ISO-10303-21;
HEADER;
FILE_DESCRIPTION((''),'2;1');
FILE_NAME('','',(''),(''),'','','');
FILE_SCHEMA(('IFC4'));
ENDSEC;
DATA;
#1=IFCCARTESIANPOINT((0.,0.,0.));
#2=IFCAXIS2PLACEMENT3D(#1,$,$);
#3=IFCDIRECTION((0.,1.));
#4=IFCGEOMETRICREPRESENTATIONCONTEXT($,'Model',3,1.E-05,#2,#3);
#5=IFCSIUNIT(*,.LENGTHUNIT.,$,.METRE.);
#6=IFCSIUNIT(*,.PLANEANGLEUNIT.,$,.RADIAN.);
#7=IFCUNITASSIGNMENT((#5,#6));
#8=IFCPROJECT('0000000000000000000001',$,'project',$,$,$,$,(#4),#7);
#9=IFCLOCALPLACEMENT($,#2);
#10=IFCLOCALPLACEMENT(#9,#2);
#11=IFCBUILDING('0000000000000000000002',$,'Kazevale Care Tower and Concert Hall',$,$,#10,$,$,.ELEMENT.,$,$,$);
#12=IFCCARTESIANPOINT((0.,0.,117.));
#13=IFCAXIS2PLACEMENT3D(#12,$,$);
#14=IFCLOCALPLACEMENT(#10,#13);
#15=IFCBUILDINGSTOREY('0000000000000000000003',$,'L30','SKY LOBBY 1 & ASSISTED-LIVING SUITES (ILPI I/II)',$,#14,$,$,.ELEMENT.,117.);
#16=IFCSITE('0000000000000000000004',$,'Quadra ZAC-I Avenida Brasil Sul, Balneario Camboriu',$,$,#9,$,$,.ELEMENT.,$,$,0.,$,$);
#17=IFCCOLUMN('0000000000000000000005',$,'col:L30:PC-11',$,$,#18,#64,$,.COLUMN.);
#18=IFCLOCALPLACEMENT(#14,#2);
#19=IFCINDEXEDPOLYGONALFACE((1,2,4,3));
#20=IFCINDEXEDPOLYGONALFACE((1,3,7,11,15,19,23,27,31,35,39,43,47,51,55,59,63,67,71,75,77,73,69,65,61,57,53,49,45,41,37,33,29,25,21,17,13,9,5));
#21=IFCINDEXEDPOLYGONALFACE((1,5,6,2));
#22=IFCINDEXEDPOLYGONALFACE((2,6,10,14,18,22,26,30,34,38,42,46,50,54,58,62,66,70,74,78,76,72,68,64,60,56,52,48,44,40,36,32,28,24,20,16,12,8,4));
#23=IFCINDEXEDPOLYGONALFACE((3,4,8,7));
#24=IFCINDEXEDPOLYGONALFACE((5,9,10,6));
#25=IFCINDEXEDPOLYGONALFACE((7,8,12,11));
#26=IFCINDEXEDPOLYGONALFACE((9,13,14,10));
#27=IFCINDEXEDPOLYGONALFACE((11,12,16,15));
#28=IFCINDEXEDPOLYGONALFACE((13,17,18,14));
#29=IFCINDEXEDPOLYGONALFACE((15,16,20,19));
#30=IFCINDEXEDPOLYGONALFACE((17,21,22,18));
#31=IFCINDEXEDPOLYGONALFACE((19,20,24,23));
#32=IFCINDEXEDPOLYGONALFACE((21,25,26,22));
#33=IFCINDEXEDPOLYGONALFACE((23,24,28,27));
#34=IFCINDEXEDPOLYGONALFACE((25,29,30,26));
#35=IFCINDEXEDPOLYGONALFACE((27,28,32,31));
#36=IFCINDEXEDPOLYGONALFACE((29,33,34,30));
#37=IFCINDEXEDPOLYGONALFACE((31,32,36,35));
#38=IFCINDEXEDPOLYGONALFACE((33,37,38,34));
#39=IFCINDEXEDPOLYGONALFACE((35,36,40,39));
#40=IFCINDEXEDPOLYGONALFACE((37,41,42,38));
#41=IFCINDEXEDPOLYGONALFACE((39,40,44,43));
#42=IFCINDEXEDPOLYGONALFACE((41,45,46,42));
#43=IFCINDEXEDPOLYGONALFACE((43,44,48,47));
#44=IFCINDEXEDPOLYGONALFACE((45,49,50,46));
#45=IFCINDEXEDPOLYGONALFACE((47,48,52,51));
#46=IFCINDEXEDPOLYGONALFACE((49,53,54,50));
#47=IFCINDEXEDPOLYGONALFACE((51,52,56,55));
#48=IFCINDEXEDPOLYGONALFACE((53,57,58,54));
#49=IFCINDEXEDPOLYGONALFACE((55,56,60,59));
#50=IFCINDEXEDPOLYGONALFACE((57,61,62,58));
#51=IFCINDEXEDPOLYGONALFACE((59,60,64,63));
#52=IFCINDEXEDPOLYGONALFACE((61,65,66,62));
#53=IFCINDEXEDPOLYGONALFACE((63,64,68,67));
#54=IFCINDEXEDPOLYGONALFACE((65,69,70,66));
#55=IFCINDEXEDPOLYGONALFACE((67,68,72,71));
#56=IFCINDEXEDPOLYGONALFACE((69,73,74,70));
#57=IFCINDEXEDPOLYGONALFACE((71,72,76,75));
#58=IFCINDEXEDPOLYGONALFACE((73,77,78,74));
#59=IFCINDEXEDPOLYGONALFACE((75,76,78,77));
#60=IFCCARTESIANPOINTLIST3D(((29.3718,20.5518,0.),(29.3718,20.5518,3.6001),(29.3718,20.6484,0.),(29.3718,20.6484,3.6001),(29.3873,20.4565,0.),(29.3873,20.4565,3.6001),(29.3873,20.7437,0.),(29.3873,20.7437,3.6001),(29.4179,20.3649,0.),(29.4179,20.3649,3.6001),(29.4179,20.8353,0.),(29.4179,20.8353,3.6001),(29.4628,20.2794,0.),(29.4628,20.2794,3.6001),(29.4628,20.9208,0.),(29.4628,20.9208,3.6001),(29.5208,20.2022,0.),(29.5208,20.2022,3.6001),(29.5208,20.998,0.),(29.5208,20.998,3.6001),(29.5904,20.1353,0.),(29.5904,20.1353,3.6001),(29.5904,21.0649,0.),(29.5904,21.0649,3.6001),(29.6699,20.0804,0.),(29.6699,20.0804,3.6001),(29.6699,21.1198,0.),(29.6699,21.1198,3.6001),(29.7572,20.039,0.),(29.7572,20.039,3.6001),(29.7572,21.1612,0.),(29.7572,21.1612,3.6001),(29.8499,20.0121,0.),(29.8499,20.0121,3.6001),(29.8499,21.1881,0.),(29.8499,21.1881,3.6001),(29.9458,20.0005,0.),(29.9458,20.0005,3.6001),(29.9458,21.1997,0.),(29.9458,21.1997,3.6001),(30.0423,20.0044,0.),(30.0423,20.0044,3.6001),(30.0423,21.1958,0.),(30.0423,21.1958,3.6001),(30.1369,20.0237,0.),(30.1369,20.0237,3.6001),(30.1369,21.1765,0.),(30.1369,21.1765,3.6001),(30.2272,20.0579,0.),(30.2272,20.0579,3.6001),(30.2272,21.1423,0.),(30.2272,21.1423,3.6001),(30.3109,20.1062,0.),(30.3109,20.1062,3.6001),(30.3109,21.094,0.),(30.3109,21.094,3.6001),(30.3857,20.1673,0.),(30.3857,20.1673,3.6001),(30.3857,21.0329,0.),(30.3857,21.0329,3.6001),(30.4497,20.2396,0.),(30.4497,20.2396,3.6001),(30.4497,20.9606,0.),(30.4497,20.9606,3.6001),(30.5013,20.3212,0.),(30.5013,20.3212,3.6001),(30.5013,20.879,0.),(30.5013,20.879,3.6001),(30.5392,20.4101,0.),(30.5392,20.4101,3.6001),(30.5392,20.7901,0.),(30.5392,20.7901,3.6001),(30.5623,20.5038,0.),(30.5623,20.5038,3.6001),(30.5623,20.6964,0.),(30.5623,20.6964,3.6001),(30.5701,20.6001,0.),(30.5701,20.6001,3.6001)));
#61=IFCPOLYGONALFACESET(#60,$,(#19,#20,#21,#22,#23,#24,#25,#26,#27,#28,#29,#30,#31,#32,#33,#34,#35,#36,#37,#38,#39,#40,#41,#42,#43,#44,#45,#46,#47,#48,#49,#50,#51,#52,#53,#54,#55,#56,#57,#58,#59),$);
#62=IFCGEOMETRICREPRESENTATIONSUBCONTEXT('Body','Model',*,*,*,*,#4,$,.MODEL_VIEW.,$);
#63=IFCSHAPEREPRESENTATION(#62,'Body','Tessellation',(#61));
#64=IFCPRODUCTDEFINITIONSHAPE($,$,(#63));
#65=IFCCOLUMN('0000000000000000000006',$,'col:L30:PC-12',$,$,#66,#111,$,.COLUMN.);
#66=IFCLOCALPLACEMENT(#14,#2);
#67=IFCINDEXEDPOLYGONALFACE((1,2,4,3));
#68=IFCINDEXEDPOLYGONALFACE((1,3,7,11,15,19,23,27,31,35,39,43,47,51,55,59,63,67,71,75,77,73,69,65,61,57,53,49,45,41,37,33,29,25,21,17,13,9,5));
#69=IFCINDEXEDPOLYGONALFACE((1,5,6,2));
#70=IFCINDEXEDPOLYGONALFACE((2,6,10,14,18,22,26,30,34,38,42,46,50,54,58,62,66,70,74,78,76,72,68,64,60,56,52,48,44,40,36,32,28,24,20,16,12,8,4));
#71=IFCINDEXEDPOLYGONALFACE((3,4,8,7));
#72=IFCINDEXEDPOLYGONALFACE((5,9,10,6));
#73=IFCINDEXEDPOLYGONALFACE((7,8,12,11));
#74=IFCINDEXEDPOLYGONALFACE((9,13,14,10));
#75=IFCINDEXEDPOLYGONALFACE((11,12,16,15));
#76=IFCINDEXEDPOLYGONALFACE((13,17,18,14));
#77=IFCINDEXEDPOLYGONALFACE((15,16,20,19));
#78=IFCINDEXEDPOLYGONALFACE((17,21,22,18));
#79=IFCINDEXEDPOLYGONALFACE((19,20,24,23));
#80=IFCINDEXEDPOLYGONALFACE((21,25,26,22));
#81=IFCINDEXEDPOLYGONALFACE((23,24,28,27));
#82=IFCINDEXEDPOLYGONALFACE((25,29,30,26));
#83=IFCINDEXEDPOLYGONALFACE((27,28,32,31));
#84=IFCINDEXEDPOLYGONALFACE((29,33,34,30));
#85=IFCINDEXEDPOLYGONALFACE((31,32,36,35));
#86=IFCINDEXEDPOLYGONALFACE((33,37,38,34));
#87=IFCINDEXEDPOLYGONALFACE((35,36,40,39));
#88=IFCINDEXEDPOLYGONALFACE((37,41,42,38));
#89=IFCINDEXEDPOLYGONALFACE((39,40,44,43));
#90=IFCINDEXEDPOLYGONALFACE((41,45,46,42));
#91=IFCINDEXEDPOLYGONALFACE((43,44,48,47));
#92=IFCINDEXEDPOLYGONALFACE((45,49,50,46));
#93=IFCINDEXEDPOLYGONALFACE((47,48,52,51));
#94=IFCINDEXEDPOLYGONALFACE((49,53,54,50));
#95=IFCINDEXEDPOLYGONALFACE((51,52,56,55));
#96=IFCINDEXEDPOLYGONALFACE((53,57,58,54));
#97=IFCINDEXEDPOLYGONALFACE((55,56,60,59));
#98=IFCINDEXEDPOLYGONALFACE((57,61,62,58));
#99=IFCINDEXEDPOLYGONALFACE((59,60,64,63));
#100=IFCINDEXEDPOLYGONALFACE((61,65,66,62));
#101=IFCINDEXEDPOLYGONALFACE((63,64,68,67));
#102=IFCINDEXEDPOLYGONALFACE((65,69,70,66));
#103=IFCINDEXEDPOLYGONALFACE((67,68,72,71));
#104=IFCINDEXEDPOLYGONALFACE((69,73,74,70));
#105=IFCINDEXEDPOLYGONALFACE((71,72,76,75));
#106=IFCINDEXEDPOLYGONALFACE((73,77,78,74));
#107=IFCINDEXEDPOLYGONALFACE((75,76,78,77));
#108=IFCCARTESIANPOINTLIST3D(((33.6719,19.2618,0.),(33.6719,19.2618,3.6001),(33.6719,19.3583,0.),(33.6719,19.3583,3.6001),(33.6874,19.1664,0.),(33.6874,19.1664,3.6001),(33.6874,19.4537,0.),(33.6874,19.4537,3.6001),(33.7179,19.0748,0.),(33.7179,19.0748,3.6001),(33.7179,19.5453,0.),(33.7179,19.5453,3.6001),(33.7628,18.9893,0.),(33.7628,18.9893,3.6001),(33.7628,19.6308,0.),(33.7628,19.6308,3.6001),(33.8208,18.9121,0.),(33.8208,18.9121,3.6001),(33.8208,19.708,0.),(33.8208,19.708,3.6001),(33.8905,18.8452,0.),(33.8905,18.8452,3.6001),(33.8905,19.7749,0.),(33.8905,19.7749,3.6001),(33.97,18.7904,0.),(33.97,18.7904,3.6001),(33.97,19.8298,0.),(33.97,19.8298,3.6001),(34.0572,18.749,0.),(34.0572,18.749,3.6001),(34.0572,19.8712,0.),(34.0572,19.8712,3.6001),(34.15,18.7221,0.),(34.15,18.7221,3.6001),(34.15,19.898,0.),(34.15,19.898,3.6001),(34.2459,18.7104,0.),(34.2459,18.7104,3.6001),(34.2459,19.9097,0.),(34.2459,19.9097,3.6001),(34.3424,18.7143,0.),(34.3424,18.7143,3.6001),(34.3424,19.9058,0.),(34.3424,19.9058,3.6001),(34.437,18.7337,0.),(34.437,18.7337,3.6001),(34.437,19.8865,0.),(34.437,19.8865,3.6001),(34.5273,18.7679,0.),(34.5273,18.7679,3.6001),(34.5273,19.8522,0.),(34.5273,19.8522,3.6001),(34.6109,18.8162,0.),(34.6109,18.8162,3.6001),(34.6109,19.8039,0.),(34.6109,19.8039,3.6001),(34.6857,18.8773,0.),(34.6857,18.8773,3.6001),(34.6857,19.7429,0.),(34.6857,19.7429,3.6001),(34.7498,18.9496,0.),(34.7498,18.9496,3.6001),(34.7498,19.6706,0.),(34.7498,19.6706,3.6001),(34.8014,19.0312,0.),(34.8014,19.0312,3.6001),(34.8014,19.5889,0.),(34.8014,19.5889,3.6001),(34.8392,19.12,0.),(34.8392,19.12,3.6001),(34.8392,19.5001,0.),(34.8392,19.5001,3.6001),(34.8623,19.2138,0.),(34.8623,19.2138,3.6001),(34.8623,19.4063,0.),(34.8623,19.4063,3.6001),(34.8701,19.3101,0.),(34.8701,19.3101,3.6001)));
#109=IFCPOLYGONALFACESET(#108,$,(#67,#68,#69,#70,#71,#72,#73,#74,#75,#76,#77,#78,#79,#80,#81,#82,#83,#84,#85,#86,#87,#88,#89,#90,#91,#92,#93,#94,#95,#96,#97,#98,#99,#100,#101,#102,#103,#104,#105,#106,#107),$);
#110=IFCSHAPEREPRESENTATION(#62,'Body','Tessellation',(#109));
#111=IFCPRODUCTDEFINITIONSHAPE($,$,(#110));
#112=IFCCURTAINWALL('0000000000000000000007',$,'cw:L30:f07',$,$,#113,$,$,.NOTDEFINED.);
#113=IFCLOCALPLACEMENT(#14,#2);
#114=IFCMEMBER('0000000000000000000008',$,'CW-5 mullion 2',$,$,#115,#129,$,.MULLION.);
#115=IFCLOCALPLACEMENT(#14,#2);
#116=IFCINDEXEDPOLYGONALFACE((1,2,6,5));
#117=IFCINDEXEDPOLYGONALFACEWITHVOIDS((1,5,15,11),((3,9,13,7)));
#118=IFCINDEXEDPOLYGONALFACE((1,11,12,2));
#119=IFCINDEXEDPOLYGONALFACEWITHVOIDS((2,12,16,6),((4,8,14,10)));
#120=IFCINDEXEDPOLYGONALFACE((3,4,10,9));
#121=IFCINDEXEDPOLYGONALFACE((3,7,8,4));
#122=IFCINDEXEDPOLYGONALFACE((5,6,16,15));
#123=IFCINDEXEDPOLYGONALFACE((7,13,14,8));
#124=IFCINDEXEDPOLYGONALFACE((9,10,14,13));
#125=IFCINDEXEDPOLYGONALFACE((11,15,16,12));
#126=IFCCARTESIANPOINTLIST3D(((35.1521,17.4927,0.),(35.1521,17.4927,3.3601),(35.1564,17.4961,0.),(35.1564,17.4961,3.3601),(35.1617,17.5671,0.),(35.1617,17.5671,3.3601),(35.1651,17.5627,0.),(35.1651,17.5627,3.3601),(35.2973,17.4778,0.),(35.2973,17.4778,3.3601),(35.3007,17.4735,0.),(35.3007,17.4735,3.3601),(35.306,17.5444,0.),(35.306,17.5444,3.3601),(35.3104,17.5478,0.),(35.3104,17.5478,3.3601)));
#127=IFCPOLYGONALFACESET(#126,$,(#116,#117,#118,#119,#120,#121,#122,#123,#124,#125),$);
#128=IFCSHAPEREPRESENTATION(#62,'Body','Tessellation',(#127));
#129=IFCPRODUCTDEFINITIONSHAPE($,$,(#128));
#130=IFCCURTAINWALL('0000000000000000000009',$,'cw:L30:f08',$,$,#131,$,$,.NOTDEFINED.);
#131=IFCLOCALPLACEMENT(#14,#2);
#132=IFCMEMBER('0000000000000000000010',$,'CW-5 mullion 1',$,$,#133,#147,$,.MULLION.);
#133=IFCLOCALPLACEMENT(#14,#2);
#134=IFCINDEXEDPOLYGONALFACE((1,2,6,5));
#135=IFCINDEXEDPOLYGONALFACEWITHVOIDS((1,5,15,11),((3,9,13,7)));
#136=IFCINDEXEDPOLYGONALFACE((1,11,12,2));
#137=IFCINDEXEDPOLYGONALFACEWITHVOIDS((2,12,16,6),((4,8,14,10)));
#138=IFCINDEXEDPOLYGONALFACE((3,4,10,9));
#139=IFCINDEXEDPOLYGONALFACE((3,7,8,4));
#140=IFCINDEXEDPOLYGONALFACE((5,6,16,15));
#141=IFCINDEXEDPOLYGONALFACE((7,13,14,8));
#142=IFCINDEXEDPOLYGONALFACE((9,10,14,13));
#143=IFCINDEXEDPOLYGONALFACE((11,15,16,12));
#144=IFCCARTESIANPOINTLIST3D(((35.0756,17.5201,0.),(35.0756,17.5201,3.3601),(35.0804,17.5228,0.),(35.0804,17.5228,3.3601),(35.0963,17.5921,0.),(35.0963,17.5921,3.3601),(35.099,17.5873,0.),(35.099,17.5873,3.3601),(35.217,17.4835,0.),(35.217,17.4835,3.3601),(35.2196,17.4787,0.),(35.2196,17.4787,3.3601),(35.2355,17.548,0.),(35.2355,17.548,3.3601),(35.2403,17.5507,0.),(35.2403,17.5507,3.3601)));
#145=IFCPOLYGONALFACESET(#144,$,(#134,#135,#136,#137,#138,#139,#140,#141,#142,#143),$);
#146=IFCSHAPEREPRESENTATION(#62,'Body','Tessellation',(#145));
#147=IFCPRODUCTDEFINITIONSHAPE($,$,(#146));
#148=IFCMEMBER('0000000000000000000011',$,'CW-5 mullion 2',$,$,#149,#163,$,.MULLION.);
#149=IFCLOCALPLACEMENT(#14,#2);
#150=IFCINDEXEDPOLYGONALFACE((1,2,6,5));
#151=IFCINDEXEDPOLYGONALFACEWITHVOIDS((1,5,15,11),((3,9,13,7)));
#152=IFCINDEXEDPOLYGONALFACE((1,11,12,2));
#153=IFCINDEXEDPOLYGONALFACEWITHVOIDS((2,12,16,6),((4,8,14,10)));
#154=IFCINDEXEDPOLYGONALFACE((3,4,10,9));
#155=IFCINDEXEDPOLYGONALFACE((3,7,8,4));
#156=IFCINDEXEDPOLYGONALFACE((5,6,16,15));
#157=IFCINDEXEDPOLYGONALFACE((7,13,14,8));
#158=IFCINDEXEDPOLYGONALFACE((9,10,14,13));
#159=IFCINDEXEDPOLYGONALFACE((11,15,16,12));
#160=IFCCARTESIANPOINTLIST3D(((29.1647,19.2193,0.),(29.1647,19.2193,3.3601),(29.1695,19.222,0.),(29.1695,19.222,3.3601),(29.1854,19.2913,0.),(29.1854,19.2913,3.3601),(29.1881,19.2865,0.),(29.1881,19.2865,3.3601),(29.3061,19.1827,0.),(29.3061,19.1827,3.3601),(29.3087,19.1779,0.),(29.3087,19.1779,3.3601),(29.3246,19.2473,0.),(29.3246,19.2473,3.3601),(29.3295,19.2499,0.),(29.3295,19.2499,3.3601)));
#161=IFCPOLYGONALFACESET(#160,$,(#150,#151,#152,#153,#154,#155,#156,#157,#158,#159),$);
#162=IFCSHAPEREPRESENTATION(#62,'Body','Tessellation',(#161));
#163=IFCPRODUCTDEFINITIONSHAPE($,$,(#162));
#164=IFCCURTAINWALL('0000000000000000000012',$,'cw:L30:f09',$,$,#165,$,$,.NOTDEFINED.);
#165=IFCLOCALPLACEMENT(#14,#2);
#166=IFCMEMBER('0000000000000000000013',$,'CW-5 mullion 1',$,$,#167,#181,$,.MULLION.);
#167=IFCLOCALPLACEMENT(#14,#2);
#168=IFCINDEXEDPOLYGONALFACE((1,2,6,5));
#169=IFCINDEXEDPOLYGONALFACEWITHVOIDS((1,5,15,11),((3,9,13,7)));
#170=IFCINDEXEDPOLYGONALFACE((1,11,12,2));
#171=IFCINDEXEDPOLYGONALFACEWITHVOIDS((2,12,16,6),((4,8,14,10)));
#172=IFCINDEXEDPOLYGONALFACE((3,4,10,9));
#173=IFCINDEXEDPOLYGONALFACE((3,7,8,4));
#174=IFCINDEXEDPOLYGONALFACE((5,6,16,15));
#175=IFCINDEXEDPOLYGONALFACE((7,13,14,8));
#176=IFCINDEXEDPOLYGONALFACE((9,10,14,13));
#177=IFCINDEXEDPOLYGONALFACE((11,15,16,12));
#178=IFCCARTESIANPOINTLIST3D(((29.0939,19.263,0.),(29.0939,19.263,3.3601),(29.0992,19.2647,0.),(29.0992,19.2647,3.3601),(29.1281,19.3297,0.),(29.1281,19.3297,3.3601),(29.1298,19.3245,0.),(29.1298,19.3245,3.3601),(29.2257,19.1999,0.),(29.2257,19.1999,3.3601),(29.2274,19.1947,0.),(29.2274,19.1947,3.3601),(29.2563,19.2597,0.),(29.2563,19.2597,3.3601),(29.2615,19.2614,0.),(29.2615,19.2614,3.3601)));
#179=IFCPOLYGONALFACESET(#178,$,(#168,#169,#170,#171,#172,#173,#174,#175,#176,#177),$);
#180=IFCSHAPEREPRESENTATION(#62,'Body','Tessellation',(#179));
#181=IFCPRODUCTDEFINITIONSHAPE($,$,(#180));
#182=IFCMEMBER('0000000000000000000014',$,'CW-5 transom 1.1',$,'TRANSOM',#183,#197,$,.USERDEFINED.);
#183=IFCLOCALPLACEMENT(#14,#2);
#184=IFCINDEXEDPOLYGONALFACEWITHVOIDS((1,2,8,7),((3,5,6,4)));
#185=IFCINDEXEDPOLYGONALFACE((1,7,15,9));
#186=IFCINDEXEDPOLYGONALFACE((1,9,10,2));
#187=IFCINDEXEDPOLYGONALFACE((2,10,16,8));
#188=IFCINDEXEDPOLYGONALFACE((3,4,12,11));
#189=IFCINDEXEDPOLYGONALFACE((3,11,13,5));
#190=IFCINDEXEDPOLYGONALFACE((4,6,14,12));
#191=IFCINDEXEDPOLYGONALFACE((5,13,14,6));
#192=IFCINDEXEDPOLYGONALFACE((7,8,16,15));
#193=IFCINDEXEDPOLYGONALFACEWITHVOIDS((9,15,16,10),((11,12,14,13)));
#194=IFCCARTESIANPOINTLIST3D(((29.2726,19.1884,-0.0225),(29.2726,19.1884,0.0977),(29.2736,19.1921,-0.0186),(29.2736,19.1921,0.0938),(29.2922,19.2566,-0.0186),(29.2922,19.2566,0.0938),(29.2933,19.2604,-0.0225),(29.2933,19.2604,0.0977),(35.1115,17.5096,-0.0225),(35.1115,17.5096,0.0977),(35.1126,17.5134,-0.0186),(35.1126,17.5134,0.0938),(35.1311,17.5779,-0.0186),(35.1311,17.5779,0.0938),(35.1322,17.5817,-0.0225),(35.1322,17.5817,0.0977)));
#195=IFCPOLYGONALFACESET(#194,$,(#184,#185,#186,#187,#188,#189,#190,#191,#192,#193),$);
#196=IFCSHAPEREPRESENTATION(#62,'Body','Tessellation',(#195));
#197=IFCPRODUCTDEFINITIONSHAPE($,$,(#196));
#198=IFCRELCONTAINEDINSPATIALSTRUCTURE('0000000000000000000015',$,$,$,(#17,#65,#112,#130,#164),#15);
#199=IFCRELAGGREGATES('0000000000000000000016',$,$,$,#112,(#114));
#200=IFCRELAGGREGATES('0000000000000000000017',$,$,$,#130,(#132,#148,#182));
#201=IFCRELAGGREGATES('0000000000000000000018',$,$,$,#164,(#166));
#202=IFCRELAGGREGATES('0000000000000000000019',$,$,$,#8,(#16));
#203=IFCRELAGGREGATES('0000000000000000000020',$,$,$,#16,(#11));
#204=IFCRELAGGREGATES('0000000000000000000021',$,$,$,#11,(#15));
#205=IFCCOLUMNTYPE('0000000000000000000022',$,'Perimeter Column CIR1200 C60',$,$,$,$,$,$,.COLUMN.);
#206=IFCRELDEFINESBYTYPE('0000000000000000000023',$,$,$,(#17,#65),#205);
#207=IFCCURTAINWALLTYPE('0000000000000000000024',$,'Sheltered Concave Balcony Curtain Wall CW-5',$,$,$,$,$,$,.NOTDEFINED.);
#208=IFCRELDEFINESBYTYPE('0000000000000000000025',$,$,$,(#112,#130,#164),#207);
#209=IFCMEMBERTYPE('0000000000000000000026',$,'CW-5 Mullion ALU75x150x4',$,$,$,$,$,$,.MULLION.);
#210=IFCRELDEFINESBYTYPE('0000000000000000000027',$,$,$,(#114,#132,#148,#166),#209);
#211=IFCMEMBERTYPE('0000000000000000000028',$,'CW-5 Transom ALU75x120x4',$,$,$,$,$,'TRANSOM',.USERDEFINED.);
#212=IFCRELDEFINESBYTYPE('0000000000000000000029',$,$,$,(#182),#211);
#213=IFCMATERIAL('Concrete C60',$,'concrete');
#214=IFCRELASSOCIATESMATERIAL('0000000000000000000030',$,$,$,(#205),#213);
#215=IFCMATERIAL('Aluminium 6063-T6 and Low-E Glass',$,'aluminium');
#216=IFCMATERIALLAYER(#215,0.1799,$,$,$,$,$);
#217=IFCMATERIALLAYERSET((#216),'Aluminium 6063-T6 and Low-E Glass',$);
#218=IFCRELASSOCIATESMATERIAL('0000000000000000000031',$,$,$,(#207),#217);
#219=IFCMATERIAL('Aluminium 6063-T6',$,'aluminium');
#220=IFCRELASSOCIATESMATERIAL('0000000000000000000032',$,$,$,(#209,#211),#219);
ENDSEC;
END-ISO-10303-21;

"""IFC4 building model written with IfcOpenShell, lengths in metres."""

from ifc_helpers import new_model, si_unit, direction, frame, origin, origin_2d, place, context, subcontext, project, spatial, hollow_rectangle, circle, extrude, material, layer, layer_set, material_profile, profile_set, type_object, element, aggregate, save


model = new_model("IFC4")

# Units and contexts
model_context = context("Model", 3, precision=1e-05, world=origin(), true_north=direction((0.0, 1.0)))
body_context = subcontext(model_context, "Body", "Model", "MODEL_VIEW")
ifc_project = project(units=[si_unit("LENGTHUNIT", "METRE"), si_unit("PLANEANGLEUNIT", "RADIAN")], contexts=[model_context])

# Site, building, storey
site_placement = place(None, origin())
site = spatial("IfcSite", under=ifc_project, at=site_placement, Name="Quadra ZAC-I Avenida Brasil Sul, Balneario Camboriu", CompositionType="ELEMENT", RefElevation=0.0)
building_placement = place(site_placement, origin())
building = spatial("IfcBuilding", under=site, at=building_placement, Name="Kazevale Care Tower and Concert Hall", CompositionType="ELEMENT")
storey_placement = place(building_placement, frame((0.0, 0.0, 117.0)))
storey = spatial("IfcBuildingStorey", under=building, at=storey_placement, Name="L30", Description="SKY LOBBY 1 & ASSISTED-LIVING SUITES (ILPI I/II)", CompositionType="ELEMENT", Elevation=117.0)

# Columns
ifc_material_1 = material(Name="Concrete C60", Category="concrete")
ifc_material_profile_1 = material_profile(ifc_material_1, circle(Radius=0.6001, at=origin_2d()), Name="RC-CIR1200")
ifc_profile_set_1 = profile_set([ifc_material_profile_1], Name="Concrete C60")
column_type = type_object("IfcColumnType", Name="Perimeter Column CIR1200 C60", PredefinedType="COLUMN", material=ifc_profile_set_1)
for number, where, z_axis, x_axis, name in (
    (1, (29.97, 20.6001, 0.0), (0.0, 0.0, 1.0), (1.0, 0.0, 0.0), "col:L30:PC-11"),
    (2, (34.27, 19.3101, 0.0), (0.0, 0.0, 1.0), (1.0, 0.0, 0.0), "col:L30:PC-12"),
):
    element("IfcColumn", number, at=place(storey_placement, frame(where, z_axis=z_axis, x_axis=x_axis)), inside=storey, type_object=column_type, Name=name, PredefinedType="COLUMN", context=body_context, shape_type="SweptSolid", body=[
        extrude(circle(Radius=0.6001, at=origin_2d()), origin(), (0.0, 0.0, 1.0), 3.6001),
    ])

# Curtain wall, member
ifc_material_2 = material(Name="Aluminium 6063-T6 and Low-E Glass", Category="aluminium")
ifc_layer_1 = layer(ifc_material_2, 0.1799)
ifc_layer_set_1 = layer_set([ifc_layer_1], Name="Aluminium 6063-T6 and Low-E Glass")
curtain_wall_type = type_object("IfcCurtainWallType", Name="Sheltered Concave Balcony Curtain Wall CW-5", PredefinedType="NOTDEFINED", material=ifc_layer_set_1)
curtain_wall_1_placement = place(storey_placement, origin())
curtain_wall_1 = element("IfcCurtainWall", 3, at=curtain_wall_1_placement, inside=storey, type_object=curtain_wall_type, Name="cw:L30:f07", PredefinedType="NOTDEFINED")
ifc_material_3 = material(Name="Aluminium 6063-T6", Category="aluminium")
ifc_material_profile_2 = material_profile(ifc_material_3, hollow_rectangle(XDim=0.075, YDim=0.1499, WallThickness=0.0039, at=origin_2d()), Name="ALU75x150x4")
ifc_profile_set_2 = profile_set([ifc_material_profile_2], Name="Aluminium 6063-T6")
member_type_1 = type_object("IfcMemberType", Name="CW-5 Mullion ALU75x150x4", PredefinedType="MULLION", material=ifc_profile_set_2)
member_1_placement = place(storey_placement, frame((35.2312, 17.5203, 0.0), z_axis=(0.0, 0.0, 1.0), x_axis=(-0.128685, -0.991686, 0.0)))
member_1 = element("IfcMember", 4, at=member_1_placement, type_object=member_type_1, Name="CW-5 mullion 2", PredefinedType="MULLION", context=body_context, shape_type="SweptSolid", body=[
    extrude(hollow_rectangle(XDim=0.075, YDim=0.1499, WallThickness=0.0039, at=origin_2d()), origin(), (0.0, 0.0, 1.0), 3.3601),
])
aggregate(curtain_wall_1, [member_1])

# Curtain wall, members
curtain_wall_2_placement = place(storey_placement, origin())
curtain_wall_2 = element("IfcCurtainWall", 5, at=curtain_wall_2_placement, inside=storey, type_object=curtain_wall_type, Name="cw:L30:f08", PredefinedType="NOTDEFINED")
member_2_placement = place(storey_placement, frame((35.158, 17.5354, 0.0), z_axis=(0.0, 0.0, 1.0), x_axis=(-0.276291, -0.961074, 0.0)))
member_2 = element("IfcMember", 6, at=member_2_placement, type_object=member_type_1, Name="CW-5 mullion 1", PredefinedType="MULLION", context=body_context, shape_type="SweptSolid", body=[
    extrude(hollow_rectangle(XDim=0.075, YDim=0.1499, WallThickness=0.0039, at=origin_2d()), origin(), (0.0, 0.0, 1.0), 3.3601),
])
member_3_placement = place(storey_placement, frame((29.2471, 19.2346, 0.0), z_axis=(0.0, 0.0, 1.0), x_axis=(-0.276291, -0.961074, 0.0)))
member_3 = element("IfcMember", 7, at=member_3_placement, type_object=member_type_1, Name="CW-5 mullion 2", PredefinedType="MULLION", context=body_context, shape_type="SweptSolid", body=[
    extrude(hollow_rectangle(XDim=0.075, YDim=0.1499, WallThickness=0.0039, at=origin_2d()), origin(), (0.0, 0.0, 1.0), 3.3601),
])

# Curtain wall, member
curtain_wall_3_placement = place(storey_placement, origin())
curtain_wall_3 = element("IfcCurtainWall", 8, at=curtain_wall_3_placement, inside=storey, type_object=curtain_wall_type, Name="cw:L30:f09", PredefinedType="NOTDEFINED")
member_4_placement = place(storey_placement, frame((29.1777, 19.2622, 0.0), z_axis=(0.0, 0.0, 1.0), x_axis=(-0.455713, -0.890127, 0.0)))
member_4 = element("IfcMember", 9, at=member_4_placement, type_object=member_type_1, Name="CW-5 mullion 1", PredefinedType="MULLION", context=body_context, shape_type="SweptSolid", body=[
    extrude(hollow_rectangle(XDim=0.075, YDim=0.1499, WallThickness=0.0039, at=origin_2d()), origin(), (0.0, 0.0, 1.0), 3.3601),
])

# Member
ifc_material_profile_3 = material_profile(ifc_material_3, hollow_rectangle(XDim=0.075, YDim=0.1201, WallThickness=0.0039, at=origin_2d()), Name="ALU75x120x4")
ifc_profile_set_3 = profile_set([ifc_material_profile_3], Name="Aluminium 6063-T6")
member_type_2 = type_object("IfcMemberType", Name="CW-5 Transom ALU75x120x4", ElementType="TRANSOM", PredefinedType="USERDEFINED", material=ifc_profile_set_3)
member_5_placement = place(storey_placement, frame((35.1218, 17.5457, 0.0376), z_axis=(-0.961068, 0.276313, 0.0), x_axis=(-0.276313, -0.961068, 0.0)))
member_5 = element("IfcMember", 10, at=member_5_placement, type_object=member_type_2, Name="CW-5 transom 1.1", ObjectType="TRANSOM", PredefinedType="USERDEFINED", context=body_context, shape_type="SweptSolid", body=[
    extrude(hollow_rectangle(XDim=0.075, YDim=0.1201, WallThickness=0.0039, at=origin_2d()), origin(), (0.0, 0.0, 1.0), 6.0754),
])

aggregate(curtain_wall_2, [member_2, member_3, member_5])
aggregate(curtain_wall_3, [member_4])

save(model, "model.ifc")
